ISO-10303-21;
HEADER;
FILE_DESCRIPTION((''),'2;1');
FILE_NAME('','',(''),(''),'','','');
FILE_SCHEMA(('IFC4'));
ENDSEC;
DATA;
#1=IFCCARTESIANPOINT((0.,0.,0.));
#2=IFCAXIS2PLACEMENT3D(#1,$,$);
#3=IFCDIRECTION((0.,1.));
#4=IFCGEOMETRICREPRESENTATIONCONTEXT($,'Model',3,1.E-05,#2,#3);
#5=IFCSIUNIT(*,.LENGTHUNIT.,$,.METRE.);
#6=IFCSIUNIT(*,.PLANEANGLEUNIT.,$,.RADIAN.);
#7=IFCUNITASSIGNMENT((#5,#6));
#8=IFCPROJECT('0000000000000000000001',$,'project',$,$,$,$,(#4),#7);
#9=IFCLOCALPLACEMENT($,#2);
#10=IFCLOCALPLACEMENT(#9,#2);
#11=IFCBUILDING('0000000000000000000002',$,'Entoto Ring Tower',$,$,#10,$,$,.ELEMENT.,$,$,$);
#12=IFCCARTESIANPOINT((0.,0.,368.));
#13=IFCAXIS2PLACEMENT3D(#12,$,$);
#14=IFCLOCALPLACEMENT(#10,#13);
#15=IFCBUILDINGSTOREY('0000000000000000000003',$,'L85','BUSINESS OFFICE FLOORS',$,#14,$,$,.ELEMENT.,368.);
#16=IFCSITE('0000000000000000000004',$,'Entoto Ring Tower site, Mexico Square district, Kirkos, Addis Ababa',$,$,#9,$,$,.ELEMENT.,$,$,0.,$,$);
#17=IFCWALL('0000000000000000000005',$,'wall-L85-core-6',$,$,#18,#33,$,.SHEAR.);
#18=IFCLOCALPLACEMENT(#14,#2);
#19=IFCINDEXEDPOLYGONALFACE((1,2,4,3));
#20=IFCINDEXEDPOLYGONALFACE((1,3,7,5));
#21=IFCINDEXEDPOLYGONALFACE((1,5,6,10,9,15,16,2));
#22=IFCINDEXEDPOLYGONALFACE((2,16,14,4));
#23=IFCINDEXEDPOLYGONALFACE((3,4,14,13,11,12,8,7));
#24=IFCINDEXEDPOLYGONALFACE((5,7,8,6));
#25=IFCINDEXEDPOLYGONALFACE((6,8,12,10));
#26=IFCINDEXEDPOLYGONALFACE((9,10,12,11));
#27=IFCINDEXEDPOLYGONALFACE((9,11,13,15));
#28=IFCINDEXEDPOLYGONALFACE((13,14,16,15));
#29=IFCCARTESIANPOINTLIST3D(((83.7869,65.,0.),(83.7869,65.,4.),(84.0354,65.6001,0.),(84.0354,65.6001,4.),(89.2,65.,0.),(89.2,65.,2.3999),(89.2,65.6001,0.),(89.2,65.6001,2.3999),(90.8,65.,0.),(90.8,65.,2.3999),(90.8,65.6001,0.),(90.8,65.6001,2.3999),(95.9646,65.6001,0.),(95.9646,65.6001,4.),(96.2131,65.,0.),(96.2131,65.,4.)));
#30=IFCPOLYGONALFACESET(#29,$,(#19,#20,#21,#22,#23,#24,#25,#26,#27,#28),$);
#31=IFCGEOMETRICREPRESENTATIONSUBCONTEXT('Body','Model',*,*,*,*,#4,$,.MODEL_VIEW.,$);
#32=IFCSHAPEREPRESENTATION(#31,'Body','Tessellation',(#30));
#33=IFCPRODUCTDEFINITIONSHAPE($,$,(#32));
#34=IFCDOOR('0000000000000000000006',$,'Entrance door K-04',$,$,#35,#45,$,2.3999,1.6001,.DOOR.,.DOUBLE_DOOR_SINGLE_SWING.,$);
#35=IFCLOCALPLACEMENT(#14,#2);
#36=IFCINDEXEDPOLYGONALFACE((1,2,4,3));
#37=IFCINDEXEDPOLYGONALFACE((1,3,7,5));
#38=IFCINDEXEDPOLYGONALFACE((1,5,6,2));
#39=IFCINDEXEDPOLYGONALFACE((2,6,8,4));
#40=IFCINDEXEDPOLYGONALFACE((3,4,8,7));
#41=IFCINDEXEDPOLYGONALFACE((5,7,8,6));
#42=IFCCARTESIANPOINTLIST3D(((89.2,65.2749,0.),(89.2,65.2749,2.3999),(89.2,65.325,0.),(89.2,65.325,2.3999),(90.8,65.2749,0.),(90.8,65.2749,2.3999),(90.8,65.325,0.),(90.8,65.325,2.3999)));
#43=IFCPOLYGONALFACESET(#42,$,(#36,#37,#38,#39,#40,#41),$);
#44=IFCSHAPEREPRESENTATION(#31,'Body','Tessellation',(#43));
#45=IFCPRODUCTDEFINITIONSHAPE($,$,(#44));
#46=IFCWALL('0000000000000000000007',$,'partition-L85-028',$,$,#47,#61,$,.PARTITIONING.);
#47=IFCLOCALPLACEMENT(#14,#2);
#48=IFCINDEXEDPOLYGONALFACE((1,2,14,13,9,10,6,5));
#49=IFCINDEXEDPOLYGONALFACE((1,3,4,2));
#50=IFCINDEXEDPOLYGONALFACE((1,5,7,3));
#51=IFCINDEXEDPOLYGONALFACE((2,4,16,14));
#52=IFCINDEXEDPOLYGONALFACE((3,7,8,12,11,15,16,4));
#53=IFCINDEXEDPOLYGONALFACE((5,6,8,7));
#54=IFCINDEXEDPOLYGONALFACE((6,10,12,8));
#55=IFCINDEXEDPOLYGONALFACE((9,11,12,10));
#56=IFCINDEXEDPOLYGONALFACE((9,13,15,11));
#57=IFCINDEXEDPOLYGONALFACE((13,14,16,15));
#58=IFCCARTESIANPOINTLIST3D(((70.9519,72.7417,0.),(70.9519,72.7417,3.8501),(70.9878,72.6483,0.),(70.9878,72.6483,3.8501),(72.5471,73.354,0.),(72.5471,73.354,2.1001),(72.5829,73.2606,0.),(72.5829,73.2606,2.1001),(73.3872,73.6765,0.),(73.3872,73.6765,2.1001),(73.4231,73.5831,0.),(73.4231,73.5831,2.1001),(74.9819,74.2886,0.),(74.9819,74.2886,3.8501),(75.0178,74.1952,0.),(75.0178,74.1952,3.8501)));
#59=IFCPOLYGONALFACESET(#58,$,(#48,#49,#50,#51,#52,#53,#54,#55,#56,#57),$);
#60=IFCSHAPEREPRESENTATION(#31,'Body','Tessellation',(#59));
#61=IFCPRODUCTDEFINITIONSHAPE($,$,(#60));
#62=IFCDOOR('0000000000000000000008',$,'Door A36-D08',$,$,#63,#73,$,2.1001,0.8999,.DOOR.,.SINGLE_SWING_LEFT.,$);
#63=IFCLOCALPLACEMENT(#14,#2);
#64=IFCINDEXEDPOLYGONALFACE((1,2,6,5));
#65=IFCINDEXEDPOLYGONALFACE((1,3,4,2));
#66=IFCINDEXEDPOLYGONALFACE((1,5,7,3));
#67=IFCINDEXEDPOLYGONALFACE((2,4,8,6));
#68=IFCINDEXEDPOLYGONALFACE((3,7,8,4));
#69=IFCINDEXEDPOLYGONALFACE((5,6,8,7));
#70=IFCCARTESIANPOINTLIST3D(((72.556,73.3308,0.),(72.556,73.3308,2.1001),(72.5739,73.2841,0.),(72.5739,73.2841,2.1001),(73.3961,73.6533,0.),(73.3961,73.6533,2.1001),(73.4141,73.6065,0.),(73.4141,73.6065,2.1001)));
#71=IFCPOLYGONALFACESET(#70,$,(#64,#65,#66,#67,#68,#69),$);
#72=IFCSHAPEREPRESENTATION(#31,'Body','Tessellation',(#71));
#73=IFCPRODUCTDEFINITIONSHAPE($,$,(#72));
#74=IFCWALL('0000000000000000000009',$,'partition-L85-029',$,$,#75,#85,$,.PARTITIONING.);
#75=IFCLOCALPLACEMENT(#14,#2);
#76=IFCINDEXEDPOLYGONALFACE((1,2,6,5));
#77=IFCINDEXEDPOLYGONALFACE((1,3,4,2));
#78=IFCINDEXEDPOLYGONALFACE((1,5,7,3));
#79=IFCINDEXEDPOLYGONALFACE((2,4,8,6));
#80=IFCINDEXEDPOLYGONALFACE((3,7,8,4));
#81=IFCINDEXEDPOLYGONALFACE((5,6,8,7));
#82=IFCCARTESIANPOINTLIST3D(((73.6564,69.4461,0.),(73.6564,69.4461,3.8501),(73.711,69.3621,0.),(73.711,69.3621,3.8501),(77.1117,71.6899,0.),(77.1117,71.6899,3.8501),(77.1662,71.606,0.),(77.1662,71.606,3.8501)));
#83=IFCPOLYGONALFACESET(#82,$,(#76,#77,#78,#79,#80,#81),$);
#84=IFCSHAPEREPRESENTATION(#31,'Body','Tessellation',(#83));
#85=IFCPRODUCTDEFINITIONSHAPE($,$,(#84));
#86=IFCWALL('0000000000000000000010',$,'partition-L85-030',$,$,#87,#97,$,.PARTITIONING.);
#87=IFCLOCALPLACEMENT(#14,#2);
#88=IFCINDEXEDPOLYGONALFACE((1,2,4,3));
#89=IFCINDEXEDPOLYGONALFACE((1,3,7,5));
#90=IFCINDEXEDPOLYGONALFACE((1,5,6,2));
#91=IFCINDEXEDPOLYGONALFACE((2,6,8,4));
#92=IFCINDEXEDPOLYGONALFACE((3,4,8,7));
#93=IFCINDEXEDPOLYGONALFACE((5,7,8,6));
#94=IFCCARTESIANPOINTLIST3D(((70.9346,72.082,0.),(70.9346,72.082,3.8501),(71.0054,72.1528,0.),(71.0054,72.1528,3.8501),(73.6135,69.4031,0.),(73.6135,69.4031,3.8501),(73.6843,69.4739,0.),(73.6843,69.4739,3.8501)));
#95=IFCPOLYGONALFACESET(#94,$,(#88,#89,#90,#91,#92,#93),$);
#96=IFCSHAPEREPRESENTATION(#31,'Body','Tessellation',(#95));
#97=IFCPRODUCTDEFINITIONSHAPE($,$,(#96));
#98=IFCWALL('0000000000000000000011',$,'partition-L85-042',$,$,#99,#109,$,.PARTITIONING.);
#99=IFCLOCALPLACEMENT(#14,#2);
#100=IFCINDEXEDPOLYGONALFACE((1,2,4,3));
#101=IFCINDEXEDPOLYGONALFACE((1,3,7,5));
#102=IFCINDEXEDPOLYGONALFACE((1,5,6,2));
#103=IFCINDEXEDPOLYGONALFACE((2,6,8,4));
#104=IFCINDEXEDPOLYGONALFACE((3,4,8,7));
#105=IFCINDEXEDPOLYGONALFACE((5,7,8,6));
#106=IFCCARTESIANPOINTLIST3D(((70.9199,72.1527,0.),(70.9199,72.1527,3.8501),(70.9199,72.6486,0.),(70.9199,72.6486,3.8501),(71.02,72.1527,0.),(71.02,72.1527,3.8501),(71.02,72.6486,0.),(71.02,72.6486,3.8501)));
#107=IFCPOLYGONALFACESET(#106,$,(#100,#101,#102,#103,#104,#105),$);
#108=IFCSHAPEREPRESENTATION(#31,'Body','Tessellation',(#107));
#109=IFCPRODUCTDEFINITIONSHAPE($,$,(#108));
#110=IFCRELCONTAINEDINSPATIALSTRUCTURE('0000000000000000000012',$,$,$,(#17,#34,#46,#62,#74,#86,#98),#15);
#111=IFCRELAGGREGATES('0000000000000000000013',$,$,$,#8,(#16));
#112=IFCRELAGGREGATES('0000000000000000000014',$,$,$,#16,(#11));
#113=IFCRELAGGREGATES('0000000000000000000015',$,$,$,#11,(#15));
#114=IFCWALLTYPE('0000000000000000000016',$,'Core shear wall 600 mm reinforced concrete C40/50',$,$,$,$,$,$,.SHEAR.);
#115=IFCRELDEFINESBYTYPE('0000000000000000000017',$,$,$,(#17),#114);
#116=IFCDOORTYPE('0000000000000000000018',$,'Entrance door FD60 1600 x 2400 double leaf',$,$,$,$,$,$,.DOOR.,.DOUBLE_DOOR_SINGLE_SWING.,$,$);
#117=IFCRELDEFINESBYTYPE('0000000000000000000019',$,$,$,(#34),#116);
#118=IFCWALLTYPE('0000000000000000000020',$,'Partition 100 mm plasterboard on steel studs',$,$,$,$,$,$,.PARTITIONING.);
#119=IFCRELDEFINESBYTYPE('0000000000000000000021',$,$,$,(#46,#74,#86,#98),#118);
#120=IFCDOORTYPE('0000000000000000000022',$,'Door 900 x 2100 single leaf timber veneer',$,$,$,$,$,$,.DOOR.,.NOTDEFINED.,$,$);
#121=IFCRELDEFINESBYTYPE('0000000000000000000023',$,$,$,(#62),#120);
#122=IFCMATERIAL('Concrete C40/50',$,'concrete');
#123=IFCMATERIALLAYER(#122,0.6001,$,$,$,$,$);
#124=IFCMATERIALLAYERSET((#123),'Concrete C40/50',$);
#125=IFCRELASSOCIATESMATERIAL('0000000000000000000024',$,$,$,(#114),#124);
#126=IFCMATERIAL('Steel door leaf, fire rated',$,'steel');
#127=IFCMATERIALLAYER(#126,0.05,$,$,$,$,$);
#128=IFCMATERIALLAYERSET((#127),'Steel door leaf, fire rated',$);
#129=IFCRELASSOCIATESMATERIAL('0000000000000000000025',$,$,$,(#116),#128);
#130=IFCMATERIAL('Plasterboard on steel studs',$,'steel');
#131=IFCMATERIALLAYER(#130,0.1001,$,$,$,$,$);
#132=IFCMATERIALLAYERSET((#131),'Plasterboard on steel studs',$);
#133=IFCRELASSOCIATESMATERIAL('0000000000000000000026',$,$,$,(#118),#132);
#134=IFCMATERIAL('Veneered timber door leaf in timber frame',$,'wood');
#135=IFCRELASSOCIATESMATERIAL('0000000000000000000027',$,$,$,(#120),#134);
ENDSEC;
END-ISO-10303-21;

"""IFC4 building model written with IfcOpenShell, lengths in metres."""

from ifc_helpers import new_model, si_unit, direction, frame, frame_2d, origin, place, context, subcontext, project, spatial, polyline, rectangle, outline, extrude, material, layer, layer_set, type_object, element, fill, save


model = new_model("IFC4")

# Units and contexts
model_context = context("Model", 3, precision=1e-05, world=origin(), true_north=direction((0.0, 1.0)))
body_context = subcontext(model_context, "Body", "Model", "MODEL_VIEW")
ifc_project = project(units=[si_unit("LENGTHUNIT", "METRE"), si_unit("PLANEANGLEUNIT", "RADIAN")], contexts=[model_context])

# Site, building, storey
site_placement = place(None, origin())
site = spatial("IfcSite", under=ifc_project, at=site_placement, Name="Entoto Ring Tower site, Mexico Square district, Kirkos, Addis Ababa", CompositionType="ELEMENT", RefElevation=0.0)
building_placement = place(site_placement, origin())
building = spatial("IfcBuilding", under=site, at=building_placement, Name="Entoto Ring Tower", CompositionType="ELEMENT")
storey_placement = place(building_placement, frame((0.0, 0.0, 368.0)))
storey = spatial("IfcBuildingStorey", under=building, at=storey_placement, Name="L85", Description="BUSINESS OFFICE FLOORS", CompositionType="ELEMENT", Elevation=368.0)

# Walls, openings, doors
ifc_material_1 = material(Name="Concrete C40/50", Category="concrete")
ifc_layer_1 = layer(ifc_material_1, 0.6001)
ifc_layer_set_1 = layer_set([ifc_layer_1], Name="Concrete C40/50")
wall_type_1 = type_object("IfcWallType", Name="Core shear wall 600 mm reinforced concrete C40/50", PredefinedType="SHEAR", material=ifc_layer_set_1)
wall_1_placement = place(storey_placement, frame((83.9111, 65.3, 0.0), z_axis=(0.0, 0.0, 1.0), x_axis=(1.0, 0.0, 0.0)))
wall_1 = element("IfcWall", 1, at=wall_1_placement, inside=storey, type_object=wall_type_1, Name="wall-L85-core-6", PredefinedType="SHEAR", context=body_context, shape_type="SweptSolid", body=[
    extrude(outline(polyline([(-0.1243, -0.3), (12.302, -0.3), (12.0535, 0.3), (0.1243, 0.3), (-0.1243, -0.3)])), origin(), (0.0, 0.0, 1.0), 4.0),
])
opening_1_placement = place(wall_1_placement, frame((5.2888, 0.0, 0.0)))
opening_1 = element("IfcOpeningElement", 2, at=opening_1_placement, cuts=wall_1, PredefinedType="OPENING", context=body_context, shape_type="SweptSolid", body=[
    extrude(rectangle(XDim=1.6001, YDim=2.3999, at=frame_2d((0.8, 1.2))), frame((0.0, 0.3101, 0.0), z_axis=(0.0, -1.0, 0.0), x_axis=(1.0, 0.0, 0.0)), (0.0, 0.0, 1.0), 0.6201),
])
ifc_material_2 = material(Name="Steel door leaf, fire rated", Category="steel")
ifc_layer_2 = layer(ifc_material_2, 0.05)
ifc_layer_set_2 = layer_set([ifc_layer_2], Name="Steel door leaf, fire rated")
door_type_1 = type_object("IfcDoorType", Name="Entrance door FD60 1600 x 2400 double leaf", OperationType="DOUBLE_DOOR_SINGLE_SWING", PredefinedType="DOOR", material=ifc_layer_set_2)
door_1_placement = place(opening_1_placement, origin())
door_1 = element("IfcDoor", 3, at=door_1_placement, inside=storey, type_object=door_type_1, Name="Entrance door K-04", OperationType="DOUBLE_DOOR_SINGLE_SWING", OverallHeight=2.3999, OverallWidth=1.6001, PredefinedType="DOOR", context=body_context, shape_type="SweptSolid", body=[
    extrude(rectangle(XDim=1.6001, YDim=2.3999, at=frame_2d((0.8, 1.2))), frame((0.0, 0.0249, 0.0), z_axis=(0.0, -1.0, 0.0), x_axis=(1.0, 0.0, 0.0)), (0.0, 0.0, 1.0), 0.05),
])
fill(opening_1, door_1)
ifc_material_3 = material(Name="Plasterboard on steel studs", Category="steel")
ifc_layer_3 = layer(ifc_material_3, 0.1001)
ifc_layer_set_3 = layer_set([ifc_layer_3], Name="Plasterboard on steel studs")
wall_type_2 = type_object("IfcWallType", Name="Partition 100 mm plasterboard on steel studs", PredefinedType="PARTITIONING", material=ifc_layer_set_3)
wall_2_placement = place(storey_placement, frame((70.97, 72.6951, 0.0), z_axis=(0.0, 0.0, 1.0), x_axis=(0.933589, 0.358346, 0.0)))
wall_2 = element("IfcWall", 4, at=wall_2_placement, inside=storey, type_object=wall_type_2, Name="partition-L85-028", PredefinedType="PARTITIONING", context=body_context, shape_type="SweptSolid", body=[
    extrude(rectangle(XDim=4.3167, YDim=0.1001, at=frame_2d((2.1582, 0.0))), origin(), (0.0, 0.0, 1.0), 3.8501),
])
opening_2_placement = place(wall_2_placement, frame((1.7085, 0.0, 0.0)))
opening_2 = element("IfcOpeningElement", 5, at=opening_2_placement, cuts=wall_2, PredefinedType="OPENING", context=body_context, shape_type="SweptSolid", body=[
    extrude(rectangle(XDim=0.8999, YDim=2.1001, at=frame_2d((0.45, 1.05))), frame((0.0, 0.0601, 0.0), z_axis=(0.0, -1.0, 0.0), x_axis=(1.0, 0.0, 0.0)), (0.0, 0.0, 1.0), 0.1201),
])
ifc_material_4 = material(Name="Veneered timber door leaf in timber frame", Category="wood")
door_type_2 = type_object("IfcDoorType", Name="Door 900 x 2100 single leaf timber veneer", OperationType="NOTDEFINED", PredefinedType="DOOR", material=ifc_material_4)
door_2_placement = place(opening_2_placement, frame((0.8999, 0.0, 0.0), z_axis=(0.0, 0.0, 1.0), x_axis=(-1.0, 0.0, 0.0)))
door_2 = element("IfcDoor", 6, at=door_2_placement, inside=storey, type_object=door_type_2, Name="Door A36-D08", OperationType="SINGLE_SWING_LEFT", OverallHeight=2.1001, OverallWidth=0.8999, PredefinedType="DOOR", context=body_context, shape_type="SweptSolid", body=[
    extrude(rectangle(XDim=0.8999, YDim=2.1001, at=frame_2d((0.45, 1.05))), frame((0.0, 0.0249, 0.0), z_axis=(0.0, -1.0, 0.0), x_axis=(1.0, 0.0, 0.0)), (0.0, 0.0, 1.0), 0.05),
])
fill(opening_2, door_2)

# Walls
wall_3_placement = place(storey_placement, frame((73.6836, 69.4041, 0.0), z_axis=(0.0, 0.0, 1.0), x_axis=(0.838672, 0.544636, 0.0)))
element("IfcWall", 7, at=wall_3_placement, inside=storey, type_object=wall_type_2, Name="partition-L85-029", PredefinedType="PARTITIONING", context=body_context, shape_type="SweptSolid", body=[
    extrude(rectangle(XDim=4.1199, YDim=0.1001, at=frame_2d((2.0601, 0.0))), origin(), (0.0, 0.0, 1.0), 3.8501),
])
wall_4_placement = place(storey_placement, frame((73.6489, 69.4385, 0.0), z_axis=(0.0, 0.0, 1.0), x_axis=(-0.707107, 0.707107, 0.0)))
element("IfcWall", 8, at=wall_4_placement, inside=storey, type_object=wall_type_2, Name="partition-L85-030", PredefinedType="PARTITIONING", context=body_context, shape_type="SweptSolid", body=[
    extrude(rectangle(XDim=3.7886, YDim=0.1001, at=frame_2d((1.8943, 0.0))), origin(), (0.0, 0.0, 1.0), 3.8501),
])
wall_5_placement = place(storey_placement, frame((70.97, 72.1526, 0.0), z_axis=(0.0, 0.0, 1.0), x_axis=(0.0, 1.0, 0.0)))
element("IfcWall", 9, at=wall_5_placement, inside=storey, type_object=wall_type_2, Name="partition-L85-042", PredefinedType="PARTITIONING", context=body_context, shape_type="SweptSolid", body=[
    extrude(rectangle(XDim=0.4958, YDim=0.1001, at=frame_2d((0.248, 0.0))), origin(), (0.0, 0.0, 1.0), 3.8501),
])

save(model, "model.ifc")
